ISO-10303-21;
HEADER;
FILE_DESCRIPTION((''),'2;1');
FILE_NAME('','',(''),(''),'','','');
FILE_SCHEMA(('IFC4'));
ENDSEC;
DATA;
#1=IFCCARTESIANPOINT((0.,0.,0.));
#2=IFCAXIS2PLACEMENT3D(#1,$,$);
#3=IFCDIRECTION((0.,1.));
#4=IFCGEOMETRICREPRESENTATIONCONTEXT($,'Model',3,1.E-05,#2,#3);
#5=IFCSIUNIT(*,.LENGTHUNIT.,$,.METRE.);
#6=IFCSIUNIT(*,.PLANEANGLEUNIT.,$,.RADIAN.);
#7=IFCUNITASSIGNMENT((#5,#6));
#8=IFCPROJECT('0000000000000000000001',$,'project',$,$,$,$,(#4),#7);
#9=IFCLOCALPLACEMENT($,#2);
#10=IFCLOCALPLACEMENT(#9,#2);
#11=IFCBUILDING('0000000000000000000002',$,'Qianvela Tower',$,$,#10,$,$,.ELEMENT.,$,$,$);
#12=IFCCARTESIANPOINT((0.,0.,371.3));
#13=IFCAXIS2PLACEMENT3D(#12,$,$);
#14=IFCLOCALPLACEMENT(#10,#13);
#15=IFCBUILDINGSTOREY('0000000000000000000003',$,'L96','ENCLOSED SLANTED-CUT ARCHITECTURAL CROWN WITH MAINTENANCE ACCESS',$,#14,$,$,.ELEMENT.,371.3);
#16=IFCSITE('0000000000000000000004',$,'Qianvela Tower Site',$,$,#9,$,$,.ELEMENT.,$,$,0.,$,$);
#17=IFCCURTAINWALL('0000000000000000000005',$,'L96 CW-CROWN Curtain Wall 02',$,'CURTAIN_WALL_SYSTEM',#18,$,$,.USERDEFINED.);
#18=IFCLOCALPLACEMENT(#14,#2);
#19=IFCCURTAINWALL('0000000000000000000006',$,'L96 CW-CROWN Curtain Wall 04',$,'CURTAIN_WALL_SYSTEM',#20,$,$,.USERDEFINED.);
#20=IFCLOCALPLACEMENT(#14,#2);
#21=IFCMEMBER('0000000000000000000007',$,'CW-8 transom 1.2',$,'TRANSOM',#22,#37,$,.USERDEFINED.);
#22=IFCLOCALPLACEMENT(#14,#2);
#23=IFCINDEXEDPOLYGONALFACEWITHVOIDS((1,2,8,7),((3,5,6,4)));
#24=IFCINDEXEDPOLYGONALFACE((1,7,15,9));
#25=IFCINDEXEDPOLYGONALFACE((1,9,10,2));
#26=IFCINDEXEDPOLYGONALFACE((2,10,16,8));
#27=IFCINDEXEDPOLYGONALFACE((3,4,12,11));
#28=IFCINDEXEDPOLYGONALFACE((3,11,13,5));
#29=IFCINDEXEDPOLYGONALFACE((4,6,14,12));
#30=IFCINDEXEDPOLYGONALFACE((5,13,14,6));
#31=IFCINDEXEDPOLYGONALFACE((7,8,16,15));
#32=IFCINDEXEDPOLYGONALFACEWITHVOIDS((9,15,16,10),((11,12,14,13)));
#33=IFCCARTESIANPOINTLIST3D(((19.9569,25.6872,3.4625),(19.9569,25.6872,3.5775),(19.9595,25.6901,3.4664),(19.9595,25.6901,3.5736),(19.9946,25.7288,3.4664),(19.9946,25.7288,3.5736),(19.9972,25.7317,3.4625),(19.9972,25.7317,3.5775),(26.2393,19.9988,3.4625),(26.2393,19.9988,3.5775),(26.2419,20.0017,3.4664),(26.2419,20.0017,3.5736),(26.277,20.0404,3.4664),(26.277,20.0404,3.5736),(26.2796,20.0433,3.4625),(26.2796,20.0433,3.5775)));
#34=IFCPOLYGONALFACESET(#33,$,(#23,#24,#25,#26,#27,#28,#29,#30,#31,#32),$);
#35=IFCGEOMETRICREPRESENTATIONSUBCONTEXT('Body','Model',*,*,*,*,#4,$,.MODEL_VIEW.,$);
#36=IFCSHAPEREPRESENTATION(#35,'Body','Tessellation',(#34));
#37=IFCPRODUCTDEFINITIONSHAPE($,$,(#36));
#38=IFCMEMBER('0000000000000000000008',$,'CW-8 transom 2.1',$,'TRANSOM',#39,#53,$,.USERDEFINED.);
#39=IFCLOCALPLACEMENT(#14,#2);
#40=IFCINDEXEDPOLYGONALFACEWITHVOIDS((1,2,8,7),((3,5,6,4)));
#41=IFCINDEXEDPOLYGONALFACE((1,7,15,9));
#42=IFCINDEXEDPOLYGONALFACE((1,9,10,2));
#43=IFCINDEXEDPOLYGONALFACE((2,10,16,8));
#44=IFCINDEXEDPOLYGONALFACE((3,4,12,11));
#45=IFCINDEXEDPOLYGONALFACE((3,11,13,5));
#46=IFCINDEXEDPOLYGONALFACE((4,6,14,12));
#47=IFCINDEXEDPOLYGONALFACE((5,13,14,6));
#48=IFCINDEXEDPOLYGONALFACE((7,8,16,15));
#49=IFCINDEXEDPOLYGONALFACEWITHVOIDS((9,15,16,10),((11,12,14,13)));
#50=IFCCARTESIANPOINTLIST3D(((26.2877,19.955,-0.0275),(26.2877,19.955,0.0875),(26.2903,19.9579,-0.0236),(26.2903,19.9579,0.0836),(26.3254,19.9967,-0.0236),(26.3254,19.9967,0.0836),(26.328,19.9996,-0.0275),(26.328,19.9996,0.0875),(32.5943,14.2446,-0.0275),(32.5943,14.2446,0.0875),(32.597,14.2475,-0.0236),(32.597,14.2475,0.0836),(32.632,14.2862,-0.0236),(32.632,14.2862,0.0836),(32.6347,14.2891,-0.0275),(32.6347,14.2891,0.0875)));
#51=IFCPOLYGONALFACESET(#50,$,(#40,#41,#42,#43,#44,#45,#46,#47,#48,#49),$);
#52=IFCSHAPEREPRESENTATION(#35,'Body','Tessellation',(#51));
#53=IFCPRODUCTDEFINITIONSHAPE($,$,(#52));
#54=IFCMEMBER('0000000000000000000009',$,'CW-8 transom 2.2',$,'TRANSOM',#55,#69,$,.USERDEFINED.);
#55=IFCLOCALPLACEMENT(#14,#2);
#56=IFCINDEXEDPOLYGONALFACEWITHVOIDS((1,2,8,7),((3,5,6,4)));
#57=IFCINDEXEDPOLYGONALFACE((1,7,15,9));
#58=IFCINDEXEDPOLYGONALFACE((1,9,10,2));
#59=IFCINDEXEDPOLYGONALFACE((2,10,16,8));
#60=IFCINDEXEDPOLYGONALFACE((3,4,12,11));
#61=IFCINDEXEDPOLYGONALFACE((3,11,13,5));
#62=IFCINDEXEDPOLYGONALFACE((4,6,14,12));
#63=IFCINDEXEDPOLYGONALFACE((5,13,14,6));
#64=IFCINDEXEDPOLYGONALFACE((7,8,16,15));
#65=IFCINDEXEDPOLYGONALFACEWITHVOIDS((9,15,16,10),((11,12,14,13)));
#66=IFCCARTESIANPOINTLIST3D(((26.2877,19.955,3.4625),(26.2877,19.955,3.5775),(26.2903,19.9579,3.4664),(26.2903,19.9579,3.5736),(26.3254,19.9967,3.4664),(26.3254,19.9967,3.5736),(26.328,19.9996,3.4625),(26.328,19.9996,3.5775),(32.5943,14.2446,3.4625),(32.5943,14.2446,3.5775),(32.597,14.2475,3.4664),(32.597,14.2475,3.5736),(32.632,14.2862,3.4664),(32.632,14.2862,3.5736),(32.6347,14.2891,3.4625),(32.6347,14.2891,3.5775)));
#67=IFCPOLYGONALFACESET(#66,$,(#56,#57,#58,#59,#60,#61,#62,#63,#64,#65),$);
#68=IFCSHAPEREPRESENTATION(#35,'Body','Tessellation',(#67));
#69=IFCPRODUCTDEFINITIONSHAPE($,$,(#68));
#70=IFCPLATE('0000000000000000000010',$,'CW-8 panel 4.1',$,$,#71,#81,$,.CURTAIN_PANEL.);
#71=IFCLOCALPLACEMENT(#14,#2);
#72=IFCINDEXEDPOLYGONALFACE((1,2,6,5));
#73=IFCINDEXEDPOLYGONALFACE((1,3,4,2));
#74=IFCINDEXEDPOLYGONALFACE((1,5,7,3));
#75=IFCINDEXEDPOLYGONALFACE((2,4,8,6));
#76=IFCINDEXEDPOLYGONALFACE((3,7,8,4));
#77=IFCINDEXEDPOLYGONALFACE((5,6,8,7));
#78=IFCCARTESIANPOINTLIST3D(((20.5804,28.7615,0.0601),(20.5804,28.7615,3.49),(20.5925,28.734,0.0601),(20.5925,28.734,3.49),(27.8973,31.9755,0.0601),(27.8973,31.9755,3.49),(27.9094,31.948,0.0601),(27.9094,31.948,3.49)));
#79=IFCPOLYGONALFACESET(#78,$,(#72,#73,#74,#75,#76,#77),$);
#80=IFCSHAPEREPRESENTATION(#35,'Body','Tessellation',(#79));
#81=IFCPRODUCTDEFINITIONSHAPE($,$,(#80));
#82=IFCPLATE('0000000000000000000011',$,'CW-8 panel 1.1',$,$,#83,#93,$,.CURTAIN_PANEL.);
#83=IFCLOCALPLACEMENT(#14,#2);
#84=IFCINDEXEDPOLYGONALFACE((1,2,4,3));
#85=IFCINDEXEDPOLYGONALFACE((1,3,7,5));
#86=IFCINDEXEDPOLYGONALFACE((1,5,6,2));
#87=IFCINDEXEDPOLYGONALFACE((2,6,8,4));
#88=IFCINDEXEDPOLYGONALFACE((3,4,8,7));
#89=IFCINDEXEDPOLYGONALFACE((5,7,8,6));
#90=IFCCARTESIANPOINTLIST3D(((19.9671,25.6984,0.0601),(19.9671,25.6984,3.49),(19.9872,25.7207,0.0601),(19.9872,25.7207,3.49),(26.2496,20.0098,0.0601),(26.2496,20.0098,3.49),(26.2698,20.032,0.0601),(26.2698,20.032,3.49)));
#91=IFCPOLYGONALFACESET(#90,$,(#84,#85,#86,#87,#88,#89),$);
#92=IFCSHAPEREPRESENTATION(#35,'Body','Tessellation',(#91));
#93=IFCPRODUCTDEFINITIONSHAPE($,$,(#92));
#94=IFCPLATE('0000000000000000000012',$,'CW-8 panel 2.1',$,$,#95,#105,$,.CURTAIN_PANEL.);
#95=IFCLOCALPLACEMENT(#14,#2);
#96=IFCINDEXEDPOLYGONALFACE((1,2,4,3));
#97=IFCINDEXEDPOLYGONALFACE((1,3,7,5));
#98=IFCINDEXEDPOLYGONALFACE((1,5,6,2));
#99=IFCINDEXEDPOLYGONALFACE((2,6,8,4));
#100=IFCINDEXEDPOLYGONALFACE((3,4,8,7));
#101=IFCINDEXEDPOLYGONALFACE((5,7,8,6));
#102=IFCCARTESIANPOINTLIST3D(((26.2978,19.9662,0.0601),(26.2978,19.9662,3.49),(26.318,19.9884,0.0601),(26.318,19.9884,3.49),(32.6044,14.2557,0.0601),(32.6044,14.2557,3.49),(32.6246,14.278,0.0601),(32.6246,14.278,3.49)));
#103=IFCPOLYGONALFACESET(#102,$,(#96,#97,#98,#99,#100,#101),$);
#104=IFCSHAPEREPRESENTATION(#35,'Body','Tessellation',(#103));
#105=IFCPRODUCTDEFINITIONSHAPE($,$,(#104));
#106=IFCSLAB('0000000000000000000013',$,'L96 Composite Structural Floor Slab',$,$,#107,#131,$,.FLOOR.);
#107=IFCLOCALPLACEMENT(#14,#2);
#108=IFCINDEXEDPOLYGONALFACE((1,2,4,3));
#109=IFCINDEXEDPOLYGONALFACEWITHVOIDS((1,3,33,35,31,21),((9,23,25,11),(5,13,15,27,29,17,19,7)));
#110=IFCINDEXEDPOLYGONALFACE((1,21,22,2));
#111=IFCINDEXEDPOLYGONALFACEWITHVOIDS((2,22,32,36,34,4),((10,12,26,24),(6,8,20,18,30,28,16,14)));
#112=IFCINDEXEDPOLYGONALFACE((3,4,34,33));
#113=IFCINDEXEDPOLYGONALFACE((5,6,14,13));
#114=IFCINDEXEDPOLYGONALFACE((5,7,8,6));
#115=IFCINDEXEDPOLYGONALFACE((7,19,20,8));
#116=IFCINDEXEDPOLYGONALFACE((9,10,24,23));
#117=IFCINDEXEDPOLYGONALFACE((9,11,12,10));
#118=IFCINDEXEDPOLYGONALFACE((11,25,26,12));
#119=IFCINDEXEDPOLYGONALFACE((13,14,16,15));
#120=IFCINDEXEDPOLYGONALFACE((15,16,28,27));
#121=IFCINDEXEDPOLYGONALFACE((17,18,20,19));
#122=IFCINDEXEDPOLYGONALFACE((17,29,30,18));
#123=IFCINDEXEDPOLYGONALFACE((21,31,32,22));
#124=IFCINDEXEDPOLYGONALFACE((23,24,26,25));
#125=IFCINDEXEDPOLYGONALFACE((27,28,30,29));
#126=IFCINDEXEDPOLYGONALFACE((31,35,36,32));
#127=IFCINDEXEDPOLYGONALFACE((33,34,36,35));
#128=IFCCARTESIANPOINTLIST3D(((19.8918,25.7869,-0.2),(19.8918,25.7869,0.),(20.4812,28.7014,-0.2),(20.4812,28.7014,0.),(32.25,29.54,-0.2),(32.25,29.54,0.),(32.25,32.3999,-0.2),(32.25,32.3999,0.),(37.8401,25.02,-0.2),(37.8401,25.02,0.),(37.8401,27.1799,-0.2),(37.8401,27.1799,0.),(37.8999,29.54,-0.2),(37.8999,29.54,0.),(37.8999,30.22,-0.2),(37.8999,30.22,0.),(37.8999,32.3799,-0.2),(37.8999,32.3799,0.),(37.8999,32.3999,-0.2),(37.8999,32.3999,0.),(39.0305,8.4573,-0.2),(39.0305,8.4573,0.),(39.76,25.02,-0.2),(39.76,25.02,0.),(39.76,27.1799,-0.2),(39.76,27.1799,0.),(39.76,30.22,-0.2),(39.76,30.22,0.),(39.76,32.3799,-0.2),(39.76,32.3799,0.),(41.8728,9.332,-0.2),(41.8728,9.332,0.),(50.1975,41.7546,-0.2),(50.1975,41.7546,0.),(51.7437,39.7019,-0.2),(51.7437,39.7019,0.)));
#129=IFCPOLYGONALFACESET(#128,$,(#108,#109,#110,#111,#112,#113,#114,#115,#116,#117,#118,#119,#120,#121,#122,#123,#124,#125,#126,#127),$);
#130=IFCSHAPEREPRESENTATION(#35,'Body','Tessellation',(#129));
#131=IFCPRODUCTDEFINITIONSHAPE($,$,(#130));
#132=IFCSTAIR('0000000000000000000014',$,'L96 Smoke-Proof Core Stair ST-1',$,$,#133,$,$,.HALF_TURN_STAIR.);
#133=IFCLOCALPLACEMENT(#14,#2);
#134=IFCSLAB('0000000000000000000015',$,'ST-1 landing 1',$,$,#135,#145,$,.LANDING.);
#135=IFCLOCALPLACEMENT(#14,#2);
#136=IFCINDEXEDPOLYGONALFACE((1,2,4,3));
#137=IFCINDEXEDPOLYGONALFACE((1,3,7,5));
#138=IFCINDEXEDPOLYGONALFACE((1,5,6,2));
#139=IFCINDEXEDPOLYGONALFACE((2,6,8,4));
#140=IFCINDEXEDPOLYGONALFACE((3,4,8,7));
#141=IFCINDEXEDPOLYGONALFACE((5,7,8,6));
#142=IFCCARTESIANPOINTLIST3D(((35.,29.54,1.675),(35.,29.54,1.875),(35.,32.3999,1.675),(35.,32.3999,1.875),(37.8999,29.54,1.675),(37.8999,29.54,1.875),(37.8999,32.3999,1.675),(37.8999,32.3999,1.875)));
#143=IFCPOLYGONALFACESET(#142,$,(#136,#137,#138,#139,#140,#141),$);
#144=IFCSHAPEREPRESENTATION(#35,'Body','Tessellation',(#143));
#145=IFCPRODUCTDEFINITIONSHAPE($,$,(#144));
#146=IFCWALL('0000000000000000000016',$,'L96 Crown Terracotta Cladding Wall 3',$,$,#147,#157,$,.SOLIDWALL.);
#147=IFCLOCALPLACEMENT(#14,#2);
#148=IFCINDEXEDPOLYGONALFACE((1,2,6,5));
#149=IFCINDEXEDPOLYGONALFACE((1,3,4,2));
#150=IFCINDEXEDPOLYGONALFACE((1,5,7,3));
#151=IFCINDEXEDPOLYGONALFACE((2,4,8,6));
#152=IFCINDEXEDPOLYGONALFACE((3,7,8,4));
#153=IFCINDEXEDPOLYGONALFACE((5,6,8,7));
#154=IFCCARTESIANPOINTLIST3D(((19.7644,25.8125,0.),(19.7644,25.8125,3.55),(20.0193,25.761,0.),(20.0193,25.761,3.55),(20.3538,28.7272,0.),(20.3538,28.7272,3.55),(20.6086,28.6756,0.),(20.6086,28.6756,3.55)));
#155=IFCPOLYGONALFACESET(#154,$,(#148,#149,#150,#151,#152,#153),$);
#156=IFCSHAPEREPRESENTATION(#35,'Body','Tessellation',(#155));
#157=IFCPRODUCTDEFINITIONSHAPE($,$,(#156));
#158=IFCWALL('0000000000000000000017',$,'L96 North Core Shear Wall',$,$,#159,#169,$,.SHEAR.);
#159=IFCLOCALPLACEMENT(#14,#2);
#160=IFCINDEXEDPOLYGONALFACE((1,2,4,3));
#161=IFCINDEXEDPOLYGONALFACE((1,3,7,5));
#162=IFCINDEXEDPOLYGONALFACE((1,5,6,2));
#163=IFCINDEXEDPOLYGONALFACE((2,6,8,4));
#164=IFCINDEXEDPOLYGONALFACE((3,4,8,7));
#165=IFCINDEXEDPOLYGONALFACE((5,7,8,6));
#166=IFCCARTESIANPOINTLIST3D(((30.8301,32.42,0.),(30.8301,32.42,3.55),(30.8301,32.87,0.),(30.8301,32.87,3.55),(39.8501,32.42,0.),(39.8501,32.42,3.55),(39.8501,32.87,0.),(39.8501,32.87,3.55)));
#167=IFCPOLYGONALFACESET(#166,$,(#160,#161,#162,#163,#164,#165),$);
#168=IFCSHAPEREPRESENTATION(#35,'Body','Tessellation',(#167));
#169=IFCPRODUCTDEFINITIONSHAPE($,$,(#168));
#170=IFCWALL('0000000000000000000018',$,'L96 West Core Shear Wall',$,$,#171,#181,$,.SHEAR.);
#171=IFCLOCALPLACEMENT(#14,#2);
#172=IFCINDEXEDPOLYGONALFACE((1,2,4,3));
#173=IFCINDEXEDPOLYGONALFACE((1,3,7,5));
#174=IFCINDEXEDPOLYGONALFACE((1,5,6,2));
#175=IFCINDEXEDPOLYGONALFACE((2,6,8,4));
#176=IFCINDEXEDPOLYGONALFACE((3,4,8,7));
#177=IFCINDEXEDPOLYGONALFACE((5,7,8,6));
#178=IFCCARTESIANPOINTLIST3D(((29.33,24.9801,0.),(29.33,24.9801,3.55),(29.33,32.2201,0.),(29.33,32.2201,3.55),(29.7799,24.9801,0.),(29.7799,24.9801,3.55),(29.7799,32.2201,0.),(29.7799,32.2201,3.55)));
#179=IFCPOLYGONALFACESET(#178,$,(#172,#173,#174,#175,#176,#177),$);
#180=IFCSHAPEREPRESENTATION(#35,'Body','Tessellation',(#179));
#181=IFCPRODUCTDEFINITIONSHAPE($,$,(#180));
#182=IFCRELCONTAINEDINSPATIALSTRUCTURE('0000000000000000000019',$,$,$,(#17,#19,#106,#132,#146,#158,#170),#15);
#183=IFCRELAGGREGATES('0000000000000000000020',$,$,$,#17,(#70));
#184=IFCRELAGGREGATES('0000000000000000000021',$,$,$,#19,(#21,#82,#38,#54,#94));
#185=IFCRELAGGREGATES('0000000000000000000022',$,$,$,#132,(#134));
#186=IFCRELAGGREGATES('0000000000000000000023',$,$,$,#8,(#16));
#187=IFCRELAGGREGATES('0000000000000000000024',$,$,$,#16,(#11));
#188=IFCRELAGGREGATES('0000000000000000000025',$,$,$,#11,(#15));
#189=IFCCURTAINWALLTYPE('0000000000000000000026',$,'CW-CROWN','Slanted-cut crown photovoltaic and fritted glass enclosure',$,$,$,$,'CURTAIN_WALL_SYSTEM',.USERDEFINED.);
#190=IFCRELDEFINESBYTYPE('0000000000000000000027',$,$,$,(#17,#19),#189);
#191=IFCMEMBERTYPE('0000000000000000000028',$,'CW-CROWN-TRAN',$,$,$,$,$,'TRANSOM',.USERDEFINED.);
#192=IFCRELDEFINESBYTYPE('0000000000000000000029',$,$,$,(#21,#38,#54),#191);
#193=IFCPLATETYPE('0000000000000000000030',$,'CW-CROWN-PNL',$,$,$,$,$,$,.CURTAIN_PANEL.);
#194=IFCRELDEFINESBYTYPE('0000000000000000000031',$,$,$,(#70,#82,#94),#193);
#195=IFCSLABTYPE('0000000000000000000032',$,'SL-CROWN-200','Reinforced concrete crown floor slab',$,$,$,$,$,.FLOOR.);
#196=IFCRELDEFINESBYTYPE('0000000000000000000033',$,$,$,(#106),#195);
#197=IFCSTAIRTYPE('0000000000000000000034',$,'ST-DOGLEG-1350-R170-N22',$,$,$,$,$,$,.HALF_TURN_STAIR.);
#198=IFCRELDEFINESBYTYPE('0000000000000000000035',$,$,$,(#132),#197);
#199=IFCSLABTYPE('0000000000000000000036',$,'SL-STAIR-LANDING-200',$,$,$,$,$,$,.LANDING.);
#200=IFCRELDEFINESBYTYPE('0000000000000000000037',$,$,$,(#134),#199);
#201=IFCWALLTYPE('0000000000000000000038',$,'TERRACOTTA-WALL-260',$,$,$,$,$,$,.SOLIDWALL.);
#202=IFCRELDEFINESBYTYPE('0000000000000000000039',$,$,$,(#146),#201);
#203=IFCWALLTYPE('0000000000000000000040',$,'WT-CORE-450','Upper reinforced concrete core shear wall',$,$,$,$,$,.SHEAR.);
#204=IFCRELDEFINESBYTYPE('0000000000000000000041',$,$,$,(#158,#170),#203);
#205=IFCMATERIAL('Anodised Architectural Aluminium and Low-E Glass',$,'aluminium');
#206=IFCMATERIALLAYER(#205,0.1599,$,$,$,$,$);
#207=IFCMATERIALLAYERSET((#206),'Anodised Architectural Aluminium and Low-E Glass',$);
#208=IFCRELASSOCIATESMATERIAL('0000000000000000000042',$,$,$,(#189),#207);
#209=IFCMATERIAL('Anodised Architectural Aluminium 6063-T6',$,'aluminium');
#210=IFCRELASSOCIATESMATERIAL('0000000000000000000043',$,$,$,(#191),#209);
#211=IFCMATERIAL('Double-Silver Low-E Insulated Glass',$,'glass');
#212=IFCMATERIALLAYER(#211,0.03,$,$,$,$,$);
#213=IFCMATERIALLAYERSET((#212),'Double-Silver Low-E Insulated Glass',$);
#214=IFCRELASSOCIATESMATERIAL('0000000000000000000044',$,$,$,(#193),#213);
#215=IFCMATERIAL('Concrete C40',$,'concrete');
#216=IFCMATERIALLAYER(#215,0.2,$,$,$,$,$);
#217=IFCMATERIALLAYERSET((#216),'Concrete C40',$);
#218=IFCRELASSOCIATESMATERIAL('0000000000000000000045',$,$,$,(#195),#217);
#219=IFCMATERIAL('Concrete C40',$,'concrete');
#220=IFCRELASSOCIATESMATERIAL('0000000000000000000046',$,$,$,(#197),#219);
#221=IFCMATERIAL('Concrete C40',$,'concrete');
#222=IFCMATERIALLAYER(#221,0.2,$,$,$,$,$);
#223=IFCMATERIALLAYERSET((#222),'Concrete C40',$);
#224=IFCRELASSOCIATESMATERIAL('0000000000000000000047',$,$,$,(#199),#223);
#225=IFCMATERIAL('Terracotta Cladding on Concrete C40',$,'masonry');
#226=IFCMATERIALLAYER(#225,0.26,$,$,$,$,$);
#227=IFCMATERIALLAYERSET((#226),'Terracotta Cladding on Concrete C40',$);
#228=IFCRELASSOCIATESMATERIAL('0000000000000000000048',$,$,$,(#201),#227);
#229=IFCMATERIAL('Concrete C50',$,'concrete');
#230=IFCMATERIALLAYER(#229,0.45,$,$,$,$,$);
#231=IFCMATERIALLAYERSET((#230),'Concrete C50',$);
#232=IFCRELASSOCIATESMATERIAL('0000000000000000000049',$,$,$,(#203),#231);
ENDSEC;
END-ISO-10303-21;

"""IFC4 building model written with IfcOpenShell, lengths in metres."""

from ifc_helpers import new_model, si_unit, direction, frame, frame_2d, origin, origin_2d, place, context, subcontext, project, spatial, polyline, rectangle, hollow_rectangle, outline, extrude, material, layer, layer_set, material_profile, profile_set, type_object, element, aggregate, save


model = new_model("IFC4")

# Units and contexts
model_context = context("Model", 3, precision=1e-05, world=origin(), true_north=direction((0.0, 1.0)))
body_context = subcontext(model_context, "Body", "Model", "MODEL_VIEW")
ifc_project = project(units=[si_unit("LENGTHUNIT", "METRE"), si_unit("PLANEANGLEUNIT", "RADIAN")], contexts=[model_context])

# Site, building, storey
site_placement = place(None, origin())
site = spatial("IfcSite", under=ifc_project, at=site_placement, Name="Qianvela Tower Site", CompositionType="ELEMENT", RefElevation=0.0)
building_placement = place(site_placement, origin())
building = spatial("IfcBuilding", under=site, at=building_placement, Name="Qianvela Tower", CompositionType="ELEMENT")
storey_placement = place(building_placement, frame((0.0, 0.0, 371.3)))
storey = spatial("IfcBuildingStorey", under=building, at=storey_placement, Name="L96", Description="ENCLOSED SLANTED-CUT ARCHITECTURAL CROWN WITH MAINTENANCE ACCESS", CompositionType="ELEMENT", Elevation=371.3)

# Curtain walls
ifc_material_1 = material(Name="Anodised Architectural Aluminium and Low-E Glass", Category="aluminium")
ifc_layer_1 = layer(ifc_material_1, 0.1599)
ifc_layer_set_1 = layer_set([ifc_layer_1], Name="Anodised Architectural Aluminium and Low-E Glass")
curtain_wall_type = type_object("IfcCurtainWallType", Name="CW-CROWN", Description="Slanted-cut crown photovoltaic and fritted glass enclosure", ElementType="CURTAIN_WALL_SYSTEM", PredefinedType="USERDEFINED", material=ifc_layer_set_1)
curtain_wall_1_placement = place(storey_placement, origin())
curtain_wall_1 = element("IfcCurtainWall", 1, at=curtain_wall_1_placement, inside=storey, type_object=curtain_wall_type, Name="L96 CW-CROWN Curtain Wall 02", ObjectType="CURTAIN_WALL_SYSTEM", PredefinedType="USERDEFINED")
curtain_wall_2_placement = place(storey_placement, origin())
curtain_wall_2 = element("IfcCurtainWall", 2, at=curtain_wall_2_placement, inside=storey, type_object=curtain_wall_type, Name="L96 CW-CROWN Curtain Wall 04", ObjectType="CURTAIN_WALL_SYSTEM", PredefinedType="USERDEFINED")

# Members
ifc_material_2 = material(Name="Anodised Architectural Aluminium 6063-T6", Category="aluminium")
ifc_material_profile_1 = material_profile(ifc_material_2, hollow_rectangle(XDim=0.0601, YDim=0.115, WallThickness=0.0039, at=origin_2d()), Name="ALU-TRAN-60x115")
ifc_profile_set_1 = profile_set([ifc_material_profile_1], Name="Anodised Architectural Aluminium 6063-T6")
member_type_1 = type_object("IfcMemberType", Name="CW-CROWN-TRAN", ElementType="TRANSOM", PredefinedType="USERDEFINED", material=ifc_profile_set_1)
member_1_placement = place(storey_placement, frame((19.9771, 25.7095, 3.52), z_axis=(0.741281, -0.671195, 0.0), x_axis=(0.671195, 0.741281, 0.0)))
member_1 = element("IfcMember", 3, at=member_1_placement, type_object=member_type_1, Name="CW-8 transom 1.2", ObjectType="TRANSOM", PredefinedType="USERDEFINED", context=body_context, shape_type="SweptSolid", body=[
    extrude(hollow_rectangle(XDim=0.0601, YDim=0.115, WallThickness=0.0039, at=origin_2d()), origin(), (0.0, 0.0, 1.0), 8.4751),
])
member_2_placement = place(storey_placement, frame((26.3079, 19.9773, 0.03), z_axis=(0.741276, -0.6712, 0.0), x_axis=(0.6712, 0.741276, 0.0)))
member_2 = element("IfcMember", 4, at=member_2_placement, type_object=member_type_1, Name="CW-8 transom 2.1", ObjectType="TRANSOM", PredefinedType="USERDEFINED", context=body_context, shape_type="SweptSolid", body=[
    extrude(hollow_rectangle(XDim=0.0601, YDim=0.115, WallThickness=0.0039, at=origin_2d()), origin(), (0.0, 0.0, 1.0), 8.5078),
])
member_3_placement = place(storey_placement, frame((26.3079, 19.9773, 3.52), z_axis=(0.741276, -0.6712, 0.0), x_axis=(0.6712, 0.741276, 0.0)))
member_3 = element("IfcMember", 5, at=member_3_placement, type_object=member_type_1, Name="CW-8 transom 2.2", ObjectType="TRANSOM", PredefinedType="USERDEFINED", context=body_context, shape_type="SweptSolid", body=[
    extrude(hollow_rectangle(XDim=0.0601, YDim=0.115, WallThickness=0.0039, at=origin_2d()), origin(), (0.0, 0.0, 1.0), 8.5078),
])

# Plates
ifc_material_3 = material(Name="Double-Silver Low-E Insulated Glass", Category="glass")
ifc_layer_2 = layer(ifc_material_3, 0.03)
ifc_layer_set_2 = layer_set([ifc_layer_2], Name="Double-Silver Low-E Insulated Glass")
plate_type = type_object("IfcPlateType", Name="CW-CROWN-PNL", PredefinedType="CURTAIN_PANEL", material=ifc_layer_set_2)
plate_1_placement = place(storey_placement, frame((24.2449, 30.3547, 0.0601), z_axis=(0.0, 0.0, 1.0), x_axis=(-0.915565, -0.40217, 0.0)))
plate_1 = element("IfcPlate", 6, at=plate_1_placement, type_object=plate_type, Name="CW-8 panel 4.1", PredefinedType="CURTAIN_PANEL", context=body_context, shape_type="SweptSolid", body=[
    extrude(rectangle(XDim=7.9917, YDim=0.03, at=origin_2d()), origin(), (0.0, 0.0, 1.0), 3.4299),
])
aggregate(curtain_wall_1, [plate_1])
plate_2_placement = place(storey_placement, frame((23.1184, 22.8652, 0.0601), z_axis=(0.0, 0.0, 1.0), x_axis=(0.741273, -0.671203, 0.0)))
plate_2 = element("IfcPlate", 7, at=plate_2_placement, type_object=plate_type, Name="CW-8 panel 1.1", PredefinedType="CURTAIN_PANEL", context=body_context, shape_type="SweptSolid", body=[
    extrude(rectangle(XDim=8.4753, YDim=0.03, at=origin_2d()), origin(), (0.0, 0.0, 1.0), 3.4299),
])
plate_3_placement = place(storey_placement, frame((29.4612, 17.1221, 0.0601), z_axis=(0.0, 0.0, 1.0), x_axis=(0.741273, -0.671203, 0.0)))
plate_3 = element("IfcPlate", 8, at=plate_3_placement, type_object=plate_type, Name="CW-8 panel 2.1", PredefinedType="CURTAIN_PANEL", context=body_context, shape_type="SweptSolid", body=[
    extrude(rectangle(XDim=8.5078, YDim=0.03, at=origin_2d()), origin(), (0.0, 0.0, 1.0), 3.4299),
])
aggregate(curtain_wall_2, [member_1, plate_2, member_2, member_3, plate_3])

# Slab
ifc_material_4 = material(Name="Concrete C40", Category="concrete")
ifc_layer_3 = layer(ifc_material_4, 0.2)
ifc_layer_set_3 = layer_set([ifc_layer_3], Name="Concrete C40")
slab_type_1 = type_object("IfcSlabType", Name="SL-CROWN-200", Description="Reinforced concrete crown floor slab", PredefinedType="FLOOR", material=ifc_layer_set_3)
slab_1_placement = place(storey_placement, frame((0.0, 0.0, -0.2)))
element("IfcSlab", 9, at=slab_1_placement, inside=storey, type_object=slab_type_1, Name="L96 Composite Structural Floor Slab", PredefinedType="FLOOR", context=body_context, shape_type="SweptSolid", body=[
    extrude(outline(polyline([(51.7437, 39.7019), (50.1975, 41.7546), (20.4812, 28.7014), (19.8918, 25.7869), (39.0305, 8.4573), (41.8728, 9.332), (51.7437, 39.7019)]), holes=[polyline([(37.8401, 25.02), (39.76, 25.02), (39.76, 27.1799), (37.8401, 27.1799), (37.8401, 25.02)]), polyline([(37.8999, 29.54), (37.8999, 30.22), (39.76, 30.22), (39.76, 32.3799), (37.8999, 32.3799), (37.8999, 32.3999), (32.25, 32.3999), (32.25, 29.54), (37.8999, 29.54)])]), origin(), (0.0, 0.0, 1.0), 0.2),
])

# Stair, slab
ifc_material_5 = material(Name="Concrete C40", Category="concrete")
stair_type = type_object("IfcStairType", Name="ST-DOGLEG-1350-R170-N22", PredefinedType="HALF_TURN_STAIR", material=ifc_material_5)
stair_placement = place(storey_placement, origin())
stair = element("IfcStair", 10, at=stair_placement, inside=storey, type_object=stair_type, Name="L96 Smoke-Proof Core Stair ST-1", PredefinedType="HALF_TURN_STAIR")
ifc_material_6 = material(Name="Concrete C40", Category="concrete")
ifc_layer_4 = layer(ifc_material_6, 0.2)
ifc_layer_set_4 = layer_set([ifc_layer_4], Name="Concrete C40")
slab_type_2 = type_object("IfcSlabType", Name="SL-STAIR-LANDING-200", PredefinedType="LANDING", material=ifc_layer_set_4)
slab_2_placement = place(storey_placement, frame((0.0, 0.0, 1.675)))
slab_2 = element("IfcSlab", 11, at=slab_2_placement, type_object=slab_type_2, Name="ST-1 landing 1", PredefinedType="LANDING", context=body_context, shape_type="SweptSolid", body=[
    extrude(outline(polyline([(35.0, 29.54), (37.8999, 29.54), (37.8999, 32.3999), (35.0, 32.3999), (35.0, 29.54)])), origin(), (0.0, 0.0, 1.0), 0.2),
])
aggregate(stair, [slab_2])

# Walls
ifc_material_7 = material(Name="Terracotta Cladding on Concrete C40", Category="masonry")
ifc_layer_5 = layer(ifc_material_7, 0.26)
ifc_layer_set_5 = layer_set([ifc_layer_5], Name="Terracotta Cladding on Concrete C40")
wall_type_1 = type_object("IfcWallType", Name="TERRACOTTA-WALL-260", PredefinedType="SOLIDWALL", material=ifc_layer_set_5)
wall_1_placement = place(storey_placement, frame((20.4812, 28.7014, 0.0), z_axis=(0.0, 0.0, 1.0), x_axis=(-0.1982, -0.980162, 0.0)))
element("IfcWall", 12, at=wall_1_placement, inside=storey, type_object=wall_type_1, Name="L96 Crown Terracotta Cladding Wall 3", PredefinedType="SOLIDWALL", context=body_context, shape_type="SweptSolid", body=[
    extrude(rectangle(XDim=2.9736, YDim=0.26, at=frame_2d((1.4868, 0.0))), origin(), (0.0, 0.0, 1.0), 3.55),
])
ifc_material_8 = material(Name="Concrete C50", Category="concrete")
ifc_layer_6 = layer(ifc_material_8, 0.45)
ifc_layer_set_6 = layer_set([ifc_layer_6], Name="Concrete C50")
wall_type_2 = type_object("IfcWallType", Name="WT-CORE-450", Description="Upper reinforced concrete core shear wall", PredefinedType="SHEAR", material=ifc_layer_set_6)
wall_2_placement = place(storey_placement, frame((30.8301, 32.645, 0.0), z_axis=(0.0, 0.0, 1.0), x_axis=(1.0, 0.0, 0.0)))
element("IfcWall", 13, at=wall_2_placement, inside=storey, type_object=wall_type_2, Name="L96 North Core Shear Wall", PredefinedType="SHEAR", context=body_context, shape_type="SweptSolid", body=[
    extrude(rectangle(XDim=9.02, YDim=0.45, at=frame_2d((4.51, 0.0))), origin(), (0.0, 0.0, 1.0), 3.55),
])
wall_3_placement = place(storey_placement, frame((29.5549, 24.98, 0.0), z_axis=(0.0, 0.0, 1.0), x_axis=(0.0, 1.0, 0.0)))
element("IfcWall", 14, at=wall_3_placement, inside=storey, type_object=wall_type_2, Name="L96 West Core Shear Wall", PredefinedType="SHEAR", context=body_context, shape_type="SweptSolid", body=[
    extrude(rectangle(XDim=7.24, YDim=0.45, at=frame_2d((3.6201, 0.0))), origin(), (0.0, 0.0, 1.0), 3.55),
])

save(model, "model.ifc")
